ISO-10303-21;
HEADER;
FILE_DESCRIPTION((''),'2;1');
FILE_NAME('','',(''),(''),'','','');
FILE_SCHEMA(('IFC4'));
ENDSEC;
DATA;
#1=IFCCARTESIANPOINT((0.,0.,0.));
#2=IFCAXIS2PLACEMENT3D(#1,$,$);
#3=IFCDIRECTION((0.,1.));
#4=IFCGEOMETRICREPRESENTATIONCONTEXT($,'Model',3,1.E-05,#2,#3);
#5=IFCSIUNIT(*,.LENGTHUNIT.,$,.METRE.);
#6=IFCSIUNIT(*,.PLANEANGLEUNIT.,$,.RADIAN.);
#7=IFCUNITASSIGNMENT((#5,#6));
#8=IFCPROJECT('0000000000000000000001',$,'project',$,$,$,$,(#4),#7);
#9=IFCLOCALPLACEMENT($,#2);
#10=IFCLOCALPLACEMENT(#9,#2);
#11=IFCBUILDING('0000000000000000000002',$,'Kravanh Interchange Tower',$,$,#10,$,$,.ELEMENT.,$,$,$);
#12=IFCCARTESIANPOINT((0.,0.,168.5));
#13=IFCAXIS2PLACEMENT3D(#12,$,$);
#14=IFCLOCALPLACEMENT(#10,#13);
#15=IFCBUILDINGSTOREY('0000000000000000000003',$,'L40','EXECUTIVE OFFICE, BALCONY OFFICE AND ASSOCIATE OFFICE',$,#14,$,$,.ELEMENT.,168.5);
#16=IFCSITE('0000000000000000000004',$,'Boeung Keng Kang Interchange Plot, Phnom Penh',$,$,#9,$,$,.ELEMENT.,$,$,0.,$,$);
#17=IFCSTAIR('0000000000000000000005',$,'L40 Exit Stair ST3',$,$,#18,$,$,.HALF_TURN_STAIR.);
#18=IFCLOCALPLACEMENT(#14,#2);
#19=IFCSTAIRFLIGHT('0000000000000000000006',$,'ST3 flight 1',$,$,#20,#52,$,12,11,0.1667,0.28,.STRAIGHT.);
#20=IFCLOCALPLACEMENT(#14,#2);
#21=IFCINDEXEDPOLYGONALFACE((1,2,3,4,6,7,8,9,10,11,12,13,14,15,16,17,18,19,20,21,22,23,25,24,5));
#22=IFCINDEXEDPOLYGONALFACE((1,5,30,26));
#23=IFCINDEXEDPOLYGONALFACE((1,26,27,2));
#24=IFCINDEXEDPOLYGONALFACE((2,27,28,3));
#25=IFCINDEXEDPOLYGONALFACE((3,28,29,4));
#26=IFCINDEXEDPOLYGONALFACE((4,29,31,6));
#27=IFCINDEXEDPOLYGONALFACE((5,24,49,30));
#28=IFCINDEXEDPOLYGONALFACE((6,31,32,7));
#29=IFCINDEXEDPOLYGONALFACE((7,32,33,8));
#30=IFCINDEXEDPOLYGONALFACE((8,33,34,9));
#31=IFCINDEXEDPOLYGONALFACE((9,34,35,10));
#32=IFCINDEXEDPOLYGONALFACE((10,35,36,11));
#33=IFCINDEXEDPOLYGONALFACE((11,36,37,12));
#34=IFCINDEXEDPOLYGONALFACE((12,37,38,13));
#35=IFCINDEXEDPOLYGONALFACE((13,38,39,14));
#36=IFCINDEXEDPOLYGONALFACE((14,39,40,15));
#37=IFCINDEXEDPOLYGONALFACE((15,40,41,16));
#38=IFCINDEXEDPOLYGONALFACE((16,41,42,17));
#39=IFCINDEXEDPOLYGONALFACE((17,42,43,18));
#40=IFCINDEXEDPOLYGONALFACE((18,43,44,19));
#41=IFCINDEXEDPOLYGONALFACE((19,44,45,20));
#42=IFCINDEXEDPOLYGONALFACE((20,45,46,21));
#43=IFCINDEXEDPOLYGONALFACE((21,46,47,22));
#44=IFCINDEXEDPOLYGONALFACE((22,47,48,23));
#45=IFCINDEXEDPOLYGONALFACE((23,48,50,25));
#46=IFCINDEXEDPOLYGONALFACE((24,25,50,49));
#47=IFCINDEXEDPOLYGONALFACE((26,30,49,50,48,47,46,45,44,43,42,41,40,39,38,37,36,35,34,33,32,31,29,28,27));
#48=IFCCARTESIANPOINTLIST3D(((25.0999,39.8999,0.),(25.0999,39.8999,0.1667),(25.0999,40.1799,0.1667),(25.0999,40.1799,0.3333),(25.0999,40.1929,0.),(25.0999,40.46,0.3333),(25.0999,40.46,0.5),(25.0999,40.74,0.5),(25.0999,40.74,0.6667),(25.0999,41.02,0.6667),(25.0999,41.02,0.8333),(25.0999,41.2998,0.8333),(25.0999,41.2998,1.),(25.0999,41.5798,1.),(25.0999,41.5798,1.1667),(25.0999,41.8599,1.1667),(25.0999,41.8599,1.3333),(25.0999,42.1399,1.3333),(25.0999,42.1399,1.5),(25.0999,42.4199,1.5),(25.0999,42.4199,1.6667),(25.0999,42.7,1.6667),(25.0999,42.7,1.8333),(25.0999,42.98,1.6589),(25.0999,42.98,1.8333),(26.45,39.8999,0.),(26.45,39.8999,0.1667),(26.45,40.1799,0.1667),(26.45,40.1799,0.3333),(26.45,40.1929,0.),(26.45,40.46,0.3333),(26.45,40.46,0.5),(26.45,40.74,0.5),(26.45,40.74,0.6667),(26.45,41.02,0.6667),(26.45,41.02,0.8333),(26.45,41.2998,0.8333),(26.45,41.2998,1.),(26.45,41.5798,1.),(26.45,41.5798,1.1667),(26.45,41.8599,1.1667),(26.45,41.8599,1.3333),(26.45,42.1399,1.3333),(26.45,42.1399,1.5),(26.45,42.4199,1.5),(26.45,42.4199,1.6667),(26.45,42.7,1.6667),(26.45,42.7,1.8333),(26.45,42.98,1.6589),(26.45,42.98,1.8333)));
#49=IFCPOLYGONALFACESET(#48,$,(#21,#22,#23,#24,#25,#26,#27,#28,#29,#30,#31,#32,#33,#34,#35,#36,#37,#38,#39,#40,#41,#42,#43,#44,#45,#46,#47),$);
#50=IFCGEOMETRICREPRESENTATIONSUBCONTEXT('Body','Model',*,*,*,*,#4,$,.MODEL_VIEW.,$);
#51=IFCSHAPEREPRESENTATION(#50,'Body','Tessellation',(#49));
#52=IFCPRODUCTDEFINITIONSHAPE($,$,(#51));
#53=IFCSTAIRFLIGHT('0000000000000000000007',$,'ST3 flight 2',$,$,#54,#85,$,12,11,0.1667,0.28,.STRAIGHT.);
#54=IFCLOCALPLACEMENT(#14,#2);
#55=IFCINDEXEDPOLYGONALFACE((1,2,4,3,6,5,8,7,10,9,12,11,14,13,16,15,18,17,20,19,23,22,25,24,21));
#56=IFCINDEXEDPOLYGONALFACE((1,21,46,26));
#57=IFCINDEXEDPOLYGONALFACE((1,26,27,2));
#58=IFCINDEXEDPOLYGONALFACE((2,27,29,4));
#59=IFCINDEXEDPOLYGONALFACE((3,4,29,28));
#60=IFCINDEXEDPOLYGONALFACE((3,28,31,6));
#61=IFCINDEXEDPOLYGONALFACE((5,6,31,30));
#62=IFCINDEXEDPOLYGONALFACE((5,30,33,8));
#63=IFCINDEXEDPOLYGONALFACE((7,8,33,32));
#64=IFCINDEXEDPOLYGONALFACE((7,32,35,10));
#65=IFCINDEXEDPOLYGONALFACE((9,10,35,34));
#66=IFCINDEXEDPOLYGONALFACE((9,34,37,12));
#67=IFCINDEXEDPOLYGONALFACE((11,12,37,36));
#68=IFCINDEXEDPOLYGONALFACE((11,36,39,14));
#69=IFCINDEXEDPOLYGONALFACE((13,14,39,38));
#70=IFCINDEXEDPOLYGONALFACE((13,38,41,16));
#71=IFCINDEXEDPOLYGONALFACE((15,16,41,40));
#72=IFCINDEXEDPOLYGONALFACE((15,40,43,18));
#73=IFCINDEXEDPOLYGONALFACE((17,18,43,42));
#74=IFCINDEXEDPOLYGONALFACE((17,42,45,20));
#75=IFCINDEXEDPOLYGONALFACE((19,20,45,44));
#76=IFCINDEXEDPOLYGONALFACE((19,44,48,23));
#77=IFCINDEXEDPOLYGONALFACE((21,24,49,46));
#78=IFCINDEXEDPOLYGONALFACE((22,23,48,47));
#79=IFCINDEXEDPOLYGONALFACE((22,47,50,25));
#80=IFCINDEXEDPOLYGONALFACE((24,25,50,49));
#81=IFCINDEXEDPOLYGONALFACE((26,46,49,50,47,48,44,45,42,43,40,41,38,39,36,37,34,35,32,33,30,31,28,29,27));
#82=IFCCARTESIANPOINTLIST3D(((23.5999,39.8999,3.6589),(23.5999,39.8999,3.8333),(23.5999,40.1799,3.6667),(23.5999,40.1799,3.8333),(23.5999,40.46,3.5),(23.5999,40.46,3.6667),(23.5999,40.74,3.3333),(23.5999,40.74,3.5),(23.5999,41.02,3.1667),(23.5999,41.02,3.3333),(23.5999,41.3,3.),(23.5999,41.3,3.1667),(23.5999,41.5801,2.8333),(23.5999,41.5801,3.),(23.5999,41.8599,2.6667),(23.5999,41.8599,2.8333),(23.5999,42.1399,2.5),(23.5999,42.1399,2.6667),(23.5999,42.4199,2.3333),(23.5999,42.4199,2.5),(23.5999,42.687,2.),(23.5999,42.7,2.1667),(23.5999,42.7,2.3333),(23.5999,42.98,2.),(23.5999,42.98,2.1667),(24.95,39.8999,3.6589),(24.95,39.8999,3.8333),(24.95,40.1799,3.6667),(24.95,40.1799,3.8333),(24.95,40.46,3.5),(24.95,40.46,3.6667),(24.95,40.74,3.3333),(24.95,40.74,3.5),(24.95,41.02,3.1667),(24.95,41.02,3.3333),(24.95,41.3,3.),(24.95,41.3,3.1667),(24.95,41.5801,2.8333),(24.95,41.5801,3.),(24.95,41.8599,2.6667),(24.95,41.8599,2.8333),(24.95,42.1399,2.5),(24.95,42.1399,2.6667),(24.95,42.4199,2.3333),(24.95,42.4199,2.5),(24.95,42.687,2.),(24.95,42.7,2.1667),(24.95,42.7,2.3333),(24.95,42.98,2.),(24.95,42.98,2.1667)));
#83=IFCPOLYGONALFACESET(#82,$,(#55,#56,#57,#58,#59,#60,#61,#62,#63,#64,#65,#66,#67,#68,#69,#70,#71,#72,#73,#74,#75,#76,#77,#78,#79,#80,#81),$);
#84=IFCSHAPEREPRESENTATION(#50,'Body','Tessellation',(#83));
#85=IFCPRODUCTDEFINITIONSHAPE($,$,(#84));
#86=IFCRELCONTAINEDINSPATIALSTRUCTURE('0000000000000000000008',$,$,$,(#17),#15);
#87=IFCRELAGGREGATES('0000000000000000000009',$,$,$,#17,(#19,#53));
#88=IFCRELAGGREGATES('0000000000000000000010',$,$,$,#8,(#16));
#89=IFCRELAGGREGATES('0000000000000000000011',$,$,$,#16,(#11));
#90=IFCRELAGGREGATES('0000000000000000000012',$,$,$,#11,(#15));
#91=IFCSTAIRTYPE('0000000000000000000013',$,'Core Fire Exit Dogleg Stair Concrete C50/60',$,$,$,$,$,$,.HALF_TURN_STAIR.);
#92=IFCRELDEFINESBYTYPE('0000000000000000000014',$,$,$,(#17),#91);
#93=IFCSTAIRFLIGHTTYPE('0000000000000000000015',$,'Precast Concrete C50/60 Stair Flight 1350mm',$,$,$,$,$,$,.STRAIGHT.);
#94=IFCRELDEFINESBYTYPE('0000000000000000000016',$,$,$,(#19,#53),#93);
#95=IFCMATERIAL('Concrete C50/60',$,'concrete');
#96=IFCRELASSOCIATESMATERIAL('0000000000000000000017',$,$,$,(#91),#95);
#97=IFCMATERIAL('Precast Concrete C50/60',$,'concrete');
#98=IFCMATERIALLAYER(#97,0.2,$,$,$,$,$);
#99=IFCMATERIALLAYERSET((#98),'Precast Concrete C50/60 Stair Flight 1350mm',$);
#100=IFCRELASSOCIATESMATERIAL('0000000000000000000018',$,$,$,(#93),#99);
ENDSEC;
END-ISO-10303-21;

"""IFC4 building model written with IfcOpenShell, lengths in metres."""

from ifc_helpers import new_model, si_unit, direction, frame, origin, place, context, subcontext, project, spatial, polyline, outline, extrude, material, layer, layer_set, type_object, element, aggregate, save


model = new_model("IFC4")

# Units and contexts
model_context = context("Model", 3, precision=1e-05, world=origin(), true_north=direction((0.0, 1.0)))
body_context = subcontext(model_context, "Body", "Model", "MODEL_VIEW")
ifc_project = project(units=[si_unit("LENGTHUNIT", "METRE"), si_unit("PLANEANGLEUNIT", "RADIAN")], contexts=[model_context])

# Site, building, storey
site_placement = place(None, origin())
site = spatial("IfcSite", under=ifc_project, at=site_placement, Name="Boeung Keng Kang Interchange Plot, Phnom Penh", CompositionType="ELEMENT", RefElevation=0.0)
building_placement = place(site_placement, origin())
building = spatial("IfcBuilding", under=site, at=building_placement, Name="Kravanh Interchange Tower", CompositionType="ELEMENT")
storey_placement = place(building_placement, frame((0.0, 0.0, 168.5)))
storey = spatial("IfcBuildingStorey", under=building, at=storey_placement, Name="L40", Description="EXECUTIVE OFFICE, BALCONY OFFICE AND ASSOCIATE OFFICE", CompositionType="ELEMENT", Elevation=168.5)

# Stair, stair flights
ifc_material_1 = material(Name="Concrete C50/60", Category="concrete")
stair_type = type_object("IfcStairType", Name="Core Fire Exit Dogleg Stair Concrete C50/60", PredefinedType="HALF_TURN_STAIR", material=ifc_material_1)
stair_placement = place(storey_placement, origin())
stair = element("IfcStair", 1, at=stair_placement, inside=storey, type_object=stair_type, Name="L40 Exit Stair ST3", PredefinedType="HALF_TURN_STAIR")
ifc_material_2 = material(Name="Precast Concrete C50/60", Category="concrete")
ifc_layer_1 = layer(ifc_material_2, 0.2)
ifc_layer_set_1 = layer_set([ifc_layer_1], Name="Precast Concrete C50/60 Stair Flight 1350mm")
stair_flight_type = type_object("IfcStairFlightType", Name="Precast Concrete C50/60 Stair Flight 1350mm", PredefinedType="STRAIGHT", material=ifc_layer_set_1)
stair_flight_1_placement = place(storey_placement, frame((25.7749, 39.8999, 0.0), z_axis=(0.0, 0.0, 1.0), x_axis=(0.0, 1.0, 0.0)))
stair_flight_1 = element("IfcStairFlight", 2, at=stair_flight_1_placement, type_object=stair_flight_type, Name="ST3 flight 1", NumberOfRisers=12, NumberOfTreads=11, PredefinedType="STRAIGHT", RiserHeight=0.1667, TreadLength=0.28, context=body_context, shape_type="SweptSolid", body=[
    extrude(outline(polyline([(0.0, 0.0), (0.0, 0.1667), (0.28, 0.1667), (0.28, 0.3333), (0.5601, 0.3333), (0.5601, 0.5), (0.8401, 0.5), (0.8401, 0.6667), (1.1201, 0.6667), (1.1201, 0.8333), (1.3999, 0.8333), (1.3999, 1.0), (1.6799, 1.0), (1.6799, 1.1667), (1.96, 1.1667), (1.96, 1.3333), (2.24, 1.3333), (2.24, 1.5), (2.52, 1.5), (2.52, 1.6667), (2.8, 1.6667), (2.8, 1.8333), (3.0801, 1.8333), (3.0801, 2.0), (3.0801, 1.6589), (0.293, 0.0), (0.0, 0.0)])), frame((0.0, 0.675, 0.0), z_axis=(0.0, -1.0, 0.0), x_axis=(1.0, 0.0, 0.0)), (0.0, 0.0, 1.0), 1.3501),
])
stair_flight_2_placement = place(storey_placement, frame((24.2749, 42.98, 2.0), z_axis=(0.0, 0.0, 1.0), x_axis=(0.0, -1.0, 0.0)))
stair_flight_2 = element("IfcStairFlight", 3, at=stair_flight_2_placement, type_object=stair_flight_type, Name="ST3 flight 2", NumberOfRisers=12, NumberOfTreads=11, PredefinedType="STRAIGHT", RiserHeight=0.1667, TreadLength=0.28, context=body_context, shape_type="SweptSolid", body=[
    extrude(outline(polyline([(0.0, 0.0), (0.0, 0.1667), (0.28, 0.1667), (0.28, 0.3333), (0.5601, 0.3333), (0.5601, 0.5), (0.8401, 0.5), (0.8401, 0.6667), (1.1201, 0.6667), (1.1201, 0.8333), (1.3999, 0.8333), (1.3999, 1.0), (1.6799, 1.0), (1.6799, 1.1667), (1.96, 1.1667), (1.96, 1.3333), (2.24, 1.3333), (2.24, 1.5), (2.52, 1.5), (2.52, 1.6667), (2.8, 1.6667), (2.8, 1.8333), (3.0801, 1.8333), (3.0801, 2.0), (3.0801, 1.6589), (0.293, 0.0), (0.0, 0.0)])), frame((0.0, 0.675, 0.0), z_axis=(0.0, -1.0, 0.0), x_axis=(1.0, 0.0, 0.0)), (0.0, 0.0, 1.0), 1.3501),
])
aggregate(stair, [stair_flight_1, stair_flight_2])

save(model, "model.ifc")
